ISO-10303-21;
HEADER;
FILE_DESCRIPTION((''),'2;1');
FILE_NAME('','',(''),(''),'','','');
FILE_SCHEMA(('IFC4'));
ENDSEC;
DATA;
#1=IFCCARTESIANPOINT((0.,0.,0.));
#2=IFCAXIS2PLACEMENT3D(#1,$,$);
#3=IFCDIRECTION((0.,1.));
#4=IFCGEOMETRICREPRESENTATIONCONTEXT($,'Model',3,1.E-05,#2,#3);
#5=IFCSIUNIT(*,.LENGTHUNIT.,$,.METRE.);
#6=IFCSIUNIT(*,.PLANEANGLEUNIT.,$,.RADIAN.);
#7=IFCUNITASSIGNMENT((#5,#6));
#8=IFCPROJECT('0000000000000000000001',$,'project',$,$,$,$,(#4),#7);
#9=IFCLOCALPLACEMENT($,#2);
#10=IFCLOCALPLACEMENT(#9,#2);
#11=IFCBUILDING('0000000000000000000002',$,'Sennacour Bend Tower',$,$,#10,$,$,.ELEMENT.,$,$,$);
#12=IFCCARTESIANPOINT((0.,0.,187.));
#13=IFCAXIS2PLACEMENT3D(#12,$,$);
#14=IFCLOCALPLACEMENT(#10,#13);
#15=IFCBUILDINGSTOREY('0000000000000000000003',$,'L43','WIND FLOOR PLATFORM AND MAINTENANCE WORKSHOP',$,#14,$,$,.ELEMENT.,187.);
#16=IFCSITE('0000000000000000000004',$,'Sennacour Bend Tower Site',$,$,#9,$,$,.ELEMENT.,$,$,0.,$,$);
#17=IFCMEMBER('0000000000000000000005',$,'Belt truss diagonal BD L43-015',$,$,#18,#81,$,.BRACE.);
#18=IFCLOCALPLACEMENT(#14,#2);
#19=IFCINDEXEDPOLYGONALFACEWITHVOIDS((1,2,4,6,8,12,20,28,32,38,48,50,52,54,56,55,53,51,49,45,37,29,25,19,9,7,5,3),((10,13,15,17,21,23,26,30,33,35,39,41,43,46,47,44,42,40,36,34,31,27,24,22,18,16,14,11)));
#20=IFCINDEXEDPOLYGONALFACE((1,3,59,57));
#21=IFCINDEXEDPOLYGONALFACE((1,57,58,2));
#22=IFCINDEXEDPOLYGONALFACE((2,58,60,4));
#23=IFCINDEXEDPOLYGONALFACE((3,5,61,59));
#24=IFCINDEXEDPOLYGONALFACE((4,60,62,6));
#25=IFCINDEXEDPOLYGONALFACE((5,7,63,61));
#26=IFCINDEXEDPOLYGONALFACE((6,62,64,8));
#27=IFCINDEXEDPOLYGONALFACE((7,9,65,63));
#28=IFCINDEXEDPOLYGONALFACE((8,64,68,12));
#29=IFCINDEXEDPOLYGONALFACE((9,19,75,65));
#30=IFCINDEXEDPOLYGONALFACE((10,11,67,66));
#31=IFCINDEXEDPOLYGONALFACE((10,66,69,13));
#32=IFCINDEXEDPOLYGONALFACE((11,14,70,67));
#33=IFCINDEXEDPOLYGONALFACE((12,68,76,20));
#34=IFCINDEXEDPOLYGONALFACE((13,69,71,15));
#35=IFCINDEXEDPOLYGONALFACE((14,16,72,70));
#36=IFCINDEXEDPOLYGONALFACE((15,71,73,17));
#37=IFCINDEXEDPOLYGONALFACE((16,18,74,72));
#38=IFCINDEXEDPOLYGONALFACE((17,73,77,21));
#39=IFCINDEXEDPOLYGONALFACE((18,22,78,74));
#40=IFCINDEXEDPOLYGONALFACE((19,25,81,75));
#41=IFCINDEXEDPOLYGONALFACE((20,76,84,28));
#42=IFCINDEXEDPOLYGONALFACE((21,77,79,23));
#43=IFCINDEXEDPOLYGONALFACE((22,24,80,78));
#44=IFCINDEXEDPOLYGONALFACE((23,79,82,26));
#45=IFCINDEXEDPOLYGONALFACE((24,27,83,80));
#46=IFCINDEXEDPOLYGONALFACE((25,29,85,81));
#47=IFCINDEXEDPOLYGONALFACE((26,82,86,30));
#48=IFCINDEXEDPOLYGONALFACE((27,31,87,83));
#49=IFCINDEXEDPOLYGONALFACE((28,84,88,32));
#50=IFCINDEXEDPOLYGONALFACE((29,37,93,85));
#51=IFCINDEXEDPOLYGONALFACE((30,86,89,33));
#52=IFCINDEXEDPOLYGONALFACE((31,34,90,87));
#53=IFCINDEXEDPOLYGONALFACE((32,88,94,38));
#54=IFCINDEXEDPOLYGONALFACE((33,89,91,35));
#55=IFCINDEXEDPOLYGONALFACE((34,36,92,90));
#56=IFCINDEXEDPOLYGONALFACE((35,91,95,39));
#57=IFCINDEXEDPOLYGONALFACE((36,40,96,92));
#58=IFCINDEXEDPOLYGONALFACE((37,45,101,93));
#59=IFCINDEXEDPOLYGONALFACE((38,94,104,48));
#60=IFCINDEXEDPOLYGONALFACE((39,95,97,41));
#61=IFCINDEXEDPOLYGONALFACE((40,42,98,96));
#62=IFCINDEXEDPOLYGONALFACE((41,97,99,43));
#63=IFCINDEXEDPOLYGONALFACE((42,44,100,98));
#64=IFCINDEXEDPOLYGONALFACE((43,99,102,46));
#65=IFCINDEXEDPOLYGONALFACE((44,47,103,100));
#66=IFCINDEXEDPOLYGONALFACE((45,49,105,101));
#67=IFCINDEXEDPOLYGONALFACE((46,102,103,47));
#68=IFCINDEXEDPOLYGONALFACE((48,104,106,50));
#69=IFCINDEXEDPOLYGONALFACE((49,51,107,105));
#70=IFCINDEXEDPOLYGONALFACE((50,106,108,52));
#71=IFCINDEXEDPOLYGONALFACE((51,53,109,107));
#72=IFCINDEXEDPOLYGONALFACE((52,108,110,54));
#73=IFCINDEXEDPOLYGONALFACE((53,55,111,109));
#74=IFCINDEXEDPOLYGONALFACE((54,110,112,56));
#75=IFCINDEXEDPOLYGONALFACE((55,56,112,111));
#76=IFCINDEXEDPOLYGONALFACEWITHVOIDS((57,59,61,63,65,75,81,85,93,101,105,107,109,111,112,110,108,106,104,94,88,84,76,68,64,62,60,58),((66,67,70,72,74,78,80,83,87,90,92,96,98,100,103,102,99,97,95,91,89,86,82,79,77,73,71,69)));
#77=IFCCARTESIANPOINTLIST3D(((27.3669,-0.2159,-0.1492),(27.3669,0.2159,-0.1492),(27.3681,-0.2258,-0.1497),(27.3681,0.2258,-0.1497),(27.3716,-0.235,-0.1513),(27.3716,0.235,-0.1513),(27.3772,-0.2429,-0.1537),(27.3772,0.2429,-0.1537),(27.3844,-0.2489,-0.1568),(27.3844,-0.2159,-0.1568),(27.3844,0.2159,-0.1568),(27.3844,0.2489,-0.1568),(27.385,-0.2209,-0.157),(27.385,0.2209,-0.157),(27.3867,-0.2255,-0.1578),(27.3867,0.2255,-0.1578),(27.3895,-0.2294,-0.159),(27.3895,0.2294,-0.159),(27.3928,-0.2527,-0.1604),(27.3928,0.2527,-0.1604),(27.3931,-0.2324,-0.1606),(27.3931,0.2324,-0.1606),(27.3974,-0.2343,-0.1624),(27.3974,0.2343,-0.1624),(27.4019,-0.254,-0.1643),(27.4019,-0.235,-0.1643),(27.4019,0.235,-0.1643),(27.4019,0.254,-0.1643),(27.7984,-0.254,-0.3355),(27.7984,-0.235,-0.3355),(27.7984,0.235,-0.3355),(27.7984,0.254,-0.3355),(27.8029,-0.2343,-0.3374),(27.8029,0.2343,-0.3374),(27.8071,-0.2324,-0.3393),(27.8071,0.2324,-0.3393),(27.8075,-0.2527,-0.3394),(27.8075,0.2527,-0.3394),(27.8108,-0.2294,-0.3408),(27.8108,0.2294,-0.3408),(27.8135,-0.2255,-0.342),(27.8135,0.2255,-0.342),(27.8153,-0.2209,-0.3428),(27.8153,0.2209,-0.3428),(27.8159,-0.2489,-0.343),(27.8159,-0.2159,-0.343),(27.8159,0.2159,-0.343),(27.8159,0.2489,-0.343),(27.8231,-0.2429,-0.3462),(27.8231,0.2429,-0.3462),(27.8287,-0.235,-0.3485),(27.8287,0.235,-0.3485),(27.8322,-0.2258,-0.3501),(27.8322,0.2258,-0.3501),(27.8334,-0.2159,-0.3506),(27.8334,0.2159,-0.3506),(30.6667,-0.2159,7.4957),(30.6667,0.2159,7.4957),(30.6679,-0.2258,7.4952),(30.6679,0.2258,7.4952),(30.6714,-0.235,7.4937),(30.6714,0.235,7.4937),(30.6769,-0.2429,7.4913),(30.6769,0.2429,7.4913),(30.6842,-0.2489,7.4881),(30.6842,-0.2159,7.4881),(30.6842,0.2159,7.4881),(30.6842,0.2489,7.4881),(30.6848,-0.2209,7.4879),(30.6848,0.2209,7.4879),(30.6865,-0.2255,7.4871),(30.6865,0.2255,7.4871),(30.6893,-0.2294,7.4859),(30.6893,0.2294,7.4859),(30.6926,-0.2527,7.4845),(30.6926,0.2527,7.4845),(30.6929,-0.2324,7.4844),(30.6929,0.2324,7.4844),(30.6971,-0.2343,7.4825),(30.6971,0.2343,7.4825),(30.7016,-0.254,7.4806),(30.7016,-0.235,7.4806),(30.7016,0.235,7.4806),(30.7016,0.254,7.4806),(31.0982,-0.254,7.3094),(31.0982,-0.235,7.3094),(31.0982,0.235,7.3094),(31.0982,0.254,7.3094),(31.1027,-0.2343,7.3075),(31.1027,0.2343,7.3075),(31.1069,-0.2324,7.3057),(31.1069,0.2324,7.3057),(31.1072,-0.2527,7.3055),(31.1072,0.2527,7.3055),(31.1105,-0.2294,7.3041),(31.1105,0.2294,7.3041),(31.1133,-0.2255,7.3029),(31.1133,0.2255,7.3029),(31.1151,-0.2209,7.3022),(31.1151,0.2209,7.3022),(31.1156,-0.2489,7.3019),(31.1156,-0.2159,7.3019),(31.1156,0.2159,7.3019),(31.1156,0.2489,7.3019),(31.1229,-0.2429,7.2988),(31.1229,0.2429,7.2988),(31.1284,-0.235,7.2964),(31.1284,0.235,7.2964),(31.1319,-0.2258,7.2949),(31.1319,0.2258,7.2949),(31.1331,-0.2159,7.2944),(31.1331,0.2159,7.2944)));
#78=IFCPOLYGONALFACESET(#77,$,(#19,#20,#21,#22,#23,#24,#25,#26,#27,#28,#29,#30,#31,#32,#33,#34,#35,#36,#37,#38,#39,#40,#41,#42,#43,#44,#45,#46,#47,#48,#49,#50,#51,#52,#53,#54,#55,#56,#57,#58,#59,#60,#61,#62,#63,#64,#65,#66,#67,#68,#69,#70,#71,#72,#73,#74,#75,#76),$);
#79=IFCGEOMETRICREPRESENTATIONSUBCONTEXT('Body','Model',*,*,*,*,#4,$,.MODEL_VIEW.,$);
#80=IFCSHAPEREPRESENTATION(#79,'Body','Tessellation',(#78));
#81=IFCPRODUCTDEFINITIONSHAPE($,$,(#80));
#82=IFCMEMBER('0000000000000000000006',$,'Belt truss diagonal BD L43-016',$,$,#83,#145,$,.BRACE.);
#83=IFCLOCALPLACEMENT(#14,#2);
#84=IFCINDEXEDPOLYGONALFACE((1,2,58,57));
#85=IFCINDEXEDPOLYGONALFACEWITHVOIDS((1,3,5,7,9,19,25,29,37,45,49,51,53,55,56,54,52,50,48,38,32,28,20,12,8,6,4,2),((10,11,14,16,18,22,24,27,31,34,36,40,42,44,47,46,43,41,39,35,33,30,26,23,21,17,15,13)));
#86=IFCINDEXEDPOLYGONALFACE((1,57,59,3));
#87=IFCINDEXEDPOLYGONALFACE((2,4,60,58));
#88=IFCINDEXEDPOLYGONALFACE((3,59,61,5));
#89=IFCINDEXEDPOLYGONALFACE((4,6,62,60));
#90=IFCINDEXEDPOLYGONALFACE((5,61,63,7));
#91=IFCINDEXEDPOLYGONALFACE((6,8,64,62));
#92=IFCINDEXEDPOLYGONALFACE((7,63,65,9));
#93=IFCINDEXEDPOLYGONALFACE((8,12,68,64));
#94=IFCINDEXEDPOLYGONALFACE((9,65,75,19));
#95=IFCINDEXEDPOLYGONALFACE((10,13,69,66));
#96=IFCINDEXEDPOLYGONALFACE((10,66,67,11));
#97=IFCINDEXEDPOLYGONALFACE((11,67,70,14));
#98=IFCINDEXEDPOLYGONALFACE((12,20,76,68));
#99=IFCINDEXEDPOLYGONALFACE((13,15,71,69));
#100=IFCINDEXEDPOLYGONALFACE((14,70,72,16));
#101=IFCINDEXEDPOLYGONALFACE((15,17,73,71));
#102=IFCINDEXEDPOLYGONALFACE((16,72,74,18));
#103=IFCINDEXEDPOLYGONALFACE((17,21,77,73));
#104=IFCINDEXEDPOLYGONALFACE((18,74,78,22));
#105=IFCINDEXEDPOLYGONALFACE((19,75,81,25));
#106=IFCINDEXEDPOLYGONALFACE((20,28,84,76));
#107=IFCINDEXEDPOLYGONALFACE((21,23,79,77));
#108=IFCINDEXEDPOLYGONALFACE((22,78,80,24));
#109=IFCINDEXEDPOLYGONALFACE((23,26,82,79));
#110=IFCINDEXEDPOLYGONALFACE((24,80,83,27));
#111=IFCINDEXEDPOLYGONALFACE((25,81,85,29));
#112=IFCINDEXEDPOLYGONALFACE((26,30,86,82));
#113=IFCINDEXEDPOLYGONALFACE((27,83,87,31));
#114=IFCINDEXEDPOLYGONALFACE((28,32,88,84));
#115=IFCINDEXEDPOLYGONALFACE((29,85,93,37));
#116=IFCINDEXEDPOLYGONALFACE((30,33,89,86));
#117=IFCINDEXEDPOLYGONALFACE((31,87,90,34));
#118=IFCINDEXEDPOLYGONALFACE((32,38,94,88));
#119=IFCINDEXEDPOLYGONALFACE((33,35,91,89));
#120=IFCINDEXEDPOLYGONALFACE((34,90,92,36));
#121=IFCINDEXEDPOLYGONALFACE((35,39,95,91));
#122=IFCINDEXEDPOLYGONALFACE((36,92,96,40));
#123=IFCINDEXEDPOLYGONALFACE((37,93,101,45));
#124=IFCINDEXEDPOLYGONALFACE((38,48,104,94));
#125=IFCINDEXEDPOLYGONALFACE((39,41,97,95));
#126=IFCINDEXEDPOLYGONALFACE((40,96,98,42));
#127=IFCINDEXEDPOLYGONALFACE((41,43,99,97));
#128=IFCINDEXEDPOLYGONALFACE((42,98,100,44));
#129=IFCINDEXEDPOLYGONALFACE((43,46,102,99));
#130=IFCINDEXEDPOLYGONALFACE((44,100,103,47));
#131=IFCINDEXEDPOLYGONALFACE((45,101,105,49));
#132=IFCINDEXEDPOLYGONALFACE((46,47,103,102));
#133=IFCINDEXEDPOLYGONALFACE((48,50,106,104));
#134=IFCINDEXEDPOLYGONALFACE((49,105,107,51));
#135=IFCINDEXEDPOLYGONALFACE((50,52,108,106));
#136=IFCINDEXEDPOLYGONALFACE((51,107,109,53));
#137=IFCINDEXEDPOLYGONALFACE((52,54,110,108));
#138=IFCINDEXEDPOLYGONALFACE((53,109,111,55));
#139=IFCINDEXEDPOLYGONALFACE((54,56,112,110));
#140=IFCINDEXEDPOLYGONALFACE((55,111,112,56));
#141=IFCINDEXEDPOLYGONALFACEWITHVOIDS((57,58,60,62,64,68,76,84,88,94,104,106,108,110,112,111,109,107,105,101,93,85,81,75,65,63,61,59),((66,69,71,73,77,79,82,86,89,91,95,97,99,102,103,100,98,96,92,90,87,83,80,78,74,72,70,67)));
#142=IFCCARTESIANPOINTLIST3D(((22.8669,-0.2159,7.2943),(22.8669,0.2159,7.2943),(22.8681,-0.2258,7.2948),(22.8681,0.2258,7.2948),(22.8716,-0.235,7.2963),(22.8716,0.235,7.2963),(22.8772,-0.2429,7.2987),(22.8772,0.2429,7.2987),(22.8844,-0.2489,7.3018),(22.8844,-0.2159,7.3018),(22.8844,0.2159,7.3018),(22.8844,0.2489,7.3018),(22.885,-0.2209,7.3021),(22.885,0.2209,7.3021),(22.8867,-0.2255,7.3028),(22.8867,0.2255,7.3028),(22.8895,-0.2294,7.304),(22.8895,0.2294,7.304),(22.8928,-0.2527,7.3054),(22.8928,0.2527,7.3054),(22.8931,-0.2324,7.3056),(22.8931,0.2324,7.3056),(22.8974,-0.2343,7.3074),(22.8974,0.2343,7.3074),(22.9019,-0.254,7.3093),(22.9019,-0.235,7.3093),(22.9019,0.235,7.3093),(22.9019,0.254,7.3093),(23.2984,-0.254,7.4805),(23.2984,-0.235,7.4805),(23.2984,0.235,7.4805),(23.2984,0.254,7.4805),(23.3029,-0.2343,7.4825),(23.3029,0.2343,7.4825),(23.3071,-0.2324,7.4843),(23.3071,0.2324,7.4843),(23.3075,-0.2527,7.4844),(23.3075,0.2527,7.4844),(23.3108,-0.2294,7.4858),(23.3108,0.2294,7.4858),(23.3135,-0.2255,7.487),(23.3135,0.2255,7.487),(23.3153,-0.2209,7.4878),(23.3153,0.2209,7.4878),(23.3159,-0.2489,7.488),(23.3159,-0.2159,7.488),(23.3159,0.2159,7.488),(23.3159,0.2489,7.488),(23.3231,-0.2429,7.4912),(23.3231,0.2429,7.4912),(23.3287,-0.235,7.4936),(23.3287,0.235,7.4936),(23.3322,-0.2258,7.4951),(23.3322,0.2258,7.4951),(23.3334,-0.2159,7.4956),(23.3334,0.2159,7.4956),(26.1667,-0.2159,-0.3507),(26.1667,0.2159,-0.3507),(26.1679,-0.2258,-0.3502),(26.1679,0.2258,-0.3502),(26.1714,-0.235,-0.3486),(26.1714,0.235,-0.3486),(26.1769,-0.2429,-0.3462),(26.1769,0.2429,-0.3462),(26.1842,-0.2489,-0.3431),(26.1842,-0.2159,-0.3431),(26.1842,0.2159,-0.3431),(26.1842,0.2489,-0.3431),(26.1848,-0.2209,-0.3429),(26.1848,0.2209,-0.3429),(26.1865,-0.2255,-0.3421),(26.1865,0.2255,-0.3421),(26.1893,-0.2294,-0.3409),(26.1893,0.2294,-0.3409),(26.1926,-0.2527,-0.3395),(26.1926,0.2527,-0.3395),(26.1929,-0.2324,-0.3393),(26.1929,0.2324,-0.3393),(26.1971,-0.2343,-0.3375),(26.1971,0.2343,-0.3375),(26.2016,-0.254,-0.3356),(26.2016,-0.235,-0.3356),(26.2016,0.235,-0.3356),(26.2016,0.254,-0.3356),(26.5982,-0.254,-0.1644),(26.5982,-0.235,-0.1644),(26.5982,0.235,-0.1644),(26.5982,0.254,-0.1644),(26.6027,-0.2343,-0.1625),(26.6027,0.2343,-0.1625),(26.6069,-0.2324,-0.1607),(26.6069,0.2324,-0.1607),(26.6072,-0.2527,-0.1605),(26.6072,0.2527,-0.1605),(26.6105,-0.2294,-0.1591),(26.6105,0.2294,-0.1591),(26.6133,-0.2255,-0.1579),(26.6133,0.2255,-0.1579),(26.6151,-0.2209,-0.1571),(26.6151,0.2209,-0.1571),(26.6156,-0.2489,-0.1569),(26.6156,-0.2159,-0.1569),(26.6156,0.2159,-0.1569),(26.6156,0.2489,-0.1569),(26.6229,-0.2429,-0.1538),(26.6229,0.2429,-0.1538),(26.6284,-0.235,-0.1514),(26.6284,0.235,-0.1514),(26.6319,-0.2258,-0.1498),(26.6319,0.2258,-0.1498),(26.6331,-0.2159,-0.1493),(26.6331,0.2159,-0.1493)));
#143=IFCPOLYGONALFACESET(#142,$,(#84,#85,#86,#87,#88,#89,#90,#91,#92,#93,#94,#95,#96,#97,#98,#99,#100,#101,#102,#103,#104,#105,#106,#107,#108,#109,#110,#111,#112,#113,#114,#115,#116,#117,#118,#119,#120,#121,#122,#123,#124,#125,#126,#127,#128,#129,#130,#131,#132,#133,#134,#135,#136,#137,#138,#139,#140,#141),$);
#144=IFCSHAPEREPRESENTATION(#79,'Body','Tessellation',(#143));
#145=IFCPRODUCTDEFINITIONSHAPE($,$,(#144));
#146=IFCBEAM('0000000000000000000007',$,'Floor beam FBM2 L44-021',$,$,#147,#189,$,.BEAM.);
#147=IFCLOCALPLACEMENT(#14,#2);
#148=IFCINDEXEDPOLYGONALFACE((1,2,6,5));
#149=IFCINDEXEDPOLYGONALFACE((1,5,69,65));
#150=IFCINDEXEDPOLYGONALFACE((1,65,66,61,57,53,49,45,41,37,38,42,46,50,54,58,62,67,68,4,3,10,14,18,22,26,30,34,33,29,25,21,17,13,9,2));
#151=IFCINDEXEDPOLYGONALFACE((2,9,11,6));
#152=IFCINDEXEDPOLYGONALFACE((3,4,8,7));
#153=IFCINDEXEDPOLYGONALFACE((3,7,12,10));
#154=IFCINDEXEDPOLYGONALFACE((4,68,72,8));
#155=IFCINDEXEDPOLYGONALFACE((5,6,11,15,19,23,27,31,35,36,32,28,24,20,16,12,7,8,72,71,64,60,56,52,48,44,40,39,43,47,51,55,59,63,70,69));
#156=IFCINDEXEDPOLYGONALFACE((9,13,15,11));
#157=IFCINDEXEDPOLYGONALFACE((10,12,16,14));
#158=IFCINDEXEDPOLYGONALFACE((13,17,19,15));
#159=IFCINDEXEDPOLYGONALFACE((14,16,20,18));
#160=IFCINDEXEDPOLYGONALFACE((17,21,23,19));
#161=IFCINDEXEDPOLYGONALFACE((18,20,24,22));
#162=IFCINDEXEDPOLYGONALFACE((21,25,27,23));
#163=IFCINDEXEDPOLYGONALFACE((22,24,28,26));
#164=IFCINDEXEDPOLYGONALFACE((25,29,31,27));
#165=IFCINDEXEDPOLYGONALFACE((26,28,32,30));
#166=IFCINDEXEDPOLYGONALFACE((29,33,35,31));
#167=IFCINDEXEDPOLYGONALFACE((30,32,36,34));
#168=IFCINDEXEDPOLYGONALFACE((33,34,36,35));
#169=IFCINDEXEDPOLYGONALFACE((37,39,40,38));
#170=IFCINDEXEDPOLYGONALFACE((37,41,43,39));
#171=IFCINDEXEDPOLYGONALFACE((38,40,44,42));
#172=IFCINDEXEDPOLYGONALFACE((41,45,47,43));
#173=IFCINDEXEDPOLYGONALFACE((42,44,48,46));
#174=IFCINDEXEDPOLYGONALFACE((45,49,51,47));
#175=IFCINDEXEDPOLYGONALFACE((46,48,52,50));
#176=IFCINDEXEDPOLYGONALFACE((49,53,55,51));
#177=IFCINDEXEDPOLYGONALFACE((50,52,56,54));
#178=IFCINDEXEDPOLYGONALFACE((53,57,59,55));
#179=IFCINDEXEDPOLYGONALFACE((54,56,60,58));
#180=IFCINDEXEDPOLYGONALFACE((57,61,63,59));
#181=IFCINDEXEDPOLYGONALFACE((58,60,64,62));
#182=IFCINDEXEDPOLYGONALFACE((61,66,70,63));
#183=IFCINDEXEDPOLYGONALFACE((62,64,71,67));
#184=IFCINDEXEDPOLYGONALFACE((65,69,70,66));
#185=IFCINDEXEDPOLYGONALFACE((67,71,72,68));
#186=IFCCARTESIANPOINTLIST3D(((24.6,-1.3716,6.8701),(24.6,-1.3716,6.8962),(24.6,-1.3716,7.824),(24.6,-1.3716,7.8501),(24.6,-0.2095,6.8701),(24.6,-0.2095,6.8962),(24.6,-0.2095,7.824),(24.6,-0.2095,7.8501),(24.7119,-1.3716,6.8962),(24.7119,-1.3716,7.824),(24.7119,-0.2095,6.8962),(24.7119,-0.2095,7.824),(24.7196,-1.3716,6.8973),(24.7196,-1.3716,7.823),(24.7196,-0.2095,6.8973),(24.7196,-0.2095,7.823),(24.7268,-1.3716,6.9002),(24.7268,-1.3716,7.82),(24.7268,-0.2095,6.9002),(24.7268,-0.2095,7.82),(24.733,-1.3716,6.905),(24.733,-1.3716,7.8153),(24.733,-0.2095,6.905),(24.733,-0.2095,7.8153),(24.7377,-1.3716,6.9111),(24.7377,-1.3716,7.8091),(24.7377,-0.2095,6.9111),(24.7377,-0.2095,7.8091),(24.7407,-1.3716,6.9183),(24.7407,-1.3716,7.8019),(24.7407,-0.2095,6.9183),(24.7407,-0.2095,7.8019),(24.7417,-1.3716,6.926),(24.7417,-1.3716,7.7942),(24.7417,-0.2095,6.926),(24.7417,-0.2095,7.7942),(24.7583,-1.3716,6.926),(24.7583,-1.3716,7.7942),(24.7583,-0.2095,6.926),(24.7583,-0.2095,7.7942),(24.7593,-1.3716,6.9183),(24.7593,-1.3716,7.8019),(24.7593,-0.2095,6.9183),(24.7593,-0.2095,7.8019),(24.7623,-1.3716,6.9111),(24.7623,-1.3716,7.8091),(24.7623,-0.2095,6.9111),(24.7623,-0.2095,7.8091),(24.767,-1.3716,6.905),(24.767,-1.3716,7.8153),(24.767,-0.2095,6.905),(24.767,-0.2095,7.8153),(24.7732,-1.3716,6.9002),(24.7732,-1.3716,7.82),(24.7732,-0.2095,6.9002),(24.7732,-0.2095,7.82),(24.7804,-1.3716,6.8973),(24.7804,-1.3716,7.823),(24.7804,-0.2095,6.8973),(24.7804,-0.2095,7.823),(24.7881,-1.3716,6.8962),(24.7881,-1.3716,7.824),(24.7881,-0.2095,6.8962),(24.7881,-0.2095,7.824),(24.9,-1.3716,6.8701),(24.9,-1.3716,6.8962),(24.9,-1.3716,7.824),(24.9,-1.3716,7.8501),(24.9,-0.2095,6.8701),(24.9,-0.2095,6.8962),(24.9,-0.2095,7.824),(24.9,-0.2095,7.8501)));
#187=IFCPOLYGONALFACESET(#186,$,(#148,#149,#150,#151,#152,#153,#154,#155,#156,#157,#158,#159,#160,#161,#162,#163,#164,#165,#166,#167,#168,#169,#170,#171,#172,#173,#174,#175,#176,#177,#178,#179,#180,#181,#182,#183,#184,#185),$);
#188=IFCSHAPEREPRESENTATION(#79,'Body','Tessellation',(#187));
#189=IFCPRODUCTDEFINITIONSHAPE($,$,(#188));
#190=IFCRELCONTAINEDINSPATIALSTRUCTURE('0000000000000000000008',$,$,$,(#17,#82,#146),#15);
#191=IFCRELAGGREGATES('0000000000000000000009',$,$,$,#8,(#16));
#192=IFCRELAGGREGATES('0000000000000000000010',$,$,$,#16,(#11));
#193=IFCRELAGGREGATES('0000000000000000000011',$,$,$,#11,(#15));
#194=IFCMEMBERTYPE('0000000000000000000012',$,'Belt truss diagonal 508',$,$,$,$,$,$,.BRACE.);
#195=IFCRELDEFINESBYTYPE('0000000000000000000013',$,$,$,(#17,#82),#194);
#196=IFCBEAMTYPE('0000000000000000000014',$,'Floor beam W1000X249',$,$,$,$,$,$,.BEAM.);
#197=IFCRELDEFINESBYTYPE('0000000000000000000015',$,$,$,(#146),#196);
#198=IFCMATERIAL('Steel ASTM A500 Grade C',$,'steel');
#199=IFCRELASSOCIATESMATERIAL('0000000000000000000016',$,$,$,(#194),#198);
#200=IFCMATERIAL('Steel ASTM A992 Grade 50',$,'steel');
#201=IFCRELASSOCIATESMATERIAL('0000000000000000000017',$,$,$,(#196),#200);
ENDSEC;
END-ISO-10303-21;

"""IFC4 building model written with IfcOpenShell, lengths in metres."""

from ifc_helpers import new_model, si_unit, direction, frame, origin, origin_2d, place, context, subcontext, project, spatial, hollow_rectangle, i_section, extrude, material, material_profile, profile_set, type_object, element, save


model = new_model("IFC4")

# Units and contexts
model_context = context("Model", 3, precision=1e-05, world=origin(), true_north=direction((0.0, 1.0)))
body_context = subcontext(model_context, "Body", "Model", "MODEL_VIEW")
ifc_project = project(units=[si_unit("LENGTHUNIT", "METRE"), si_unit("PLANEANGLEUNIT", "RADIAN")], contexts=[model_context])

# Site, building, storey
site_placement = place(None, origin())
site = spatial("IfcSite", under=ifc_project, at=site_placement, Name="Sennacour Bend Tower Site", CompositionType="ELEMENT", RefElevation=0.0)
building_placement = place(site_placement, origin())
building = spatial("IfcBuilding", under=site, at=building_placement, Name="Sennacour Bend Tower", CompositionType="ELEMENT")
storey_placement = place(building_placement, frame((0.0, 0.0, 187.0)))
storey = spatial("IfcBuildingStorey", under=building, at=storey_placement, Name="L43", Description="WIND FLOOR PLATFORM AND MAINTENANCE WORKSHOP", CompositionType="ELEMENT", Elevation=187.0)

# Members
ifc_material_1 = material(Name="Steel ASTM A992 Grade 50", Category="steel")
ifc_material_2 = material(Name="Steel ASTM A500 Grade C", Category="steel")
ifc_material_profile_1 = material_profile(ifc_material_2, hollow_rectangle(XDim=0.5081, YDim=0.5081, WallThickness=0.019, InnerFilletRadius=0.019, OuterFilletRadius=0.0381, at=origin_2d()), Name="Steel ASTM A500 Grade C", Category="steel")
ifc_profile_set_1 = profile_set([ifc_material_profile_1], Name="Steel ASTM A500 Grade C")
member_type_1 = type_object("IfcMemberType", Name="Belt truss diagonal 508", PredefinedType="BRACE", material=ifc_profile_set_1)
for number, where, z_axis, x_axis, name in (
    (1, (30.8999, 0.0, 7.395), (-0.396289, 0.0, -0.918126), (0.0, -1.0, 0.0), "Belt truss diagonal BD L43-015"),
    (2, (26.3999, 0.0, -0.25), (-0.396289, 0.0, 0.918126), (0.0, -1.0, 0.0), "Belt truss diagonal BD L43-016"),
):
    element("IfcMember", number, at=place(storey_placement, frame(where, z_axis=z_axis, x_axis=x_axis)), inside=storey, type_object=member_type_1, Name=name, PredefinedType="BRACE", context=body_context, shape_type="SweptSolid", body=[
        extrude(hollow_rectangle(XDim=0.5081, YDim=0.5081, WallThickness=0.019, InnerFilletRadius=0.019, OuterFilletRadius=0.0381, at=origin_2d()), origin(), (0.0, 0.0, 1.0), 8.3267),
    ])

# Beam
ifc_material_profile_2 = material_profile(ifc_material_1, i_section(OverallWidth=0.3, OverallDepth=0.98, WebThickness=0.0166, FlangeThickness=0.0261, FilletRadius=0.0298, at=origin_2d()), Name="Steel ASTM A992 Grade 50", Category="steel")
ifc_profile_set_2 = profile_set([ifc_material_profile_2], Name="Steel ASTM A992 Grade 50")
beam_type_1 = type_object("IfcBeamType", Name="Floor beam W1000X249", PredefinedType="BEAM", material=ifc_profile_set_2)
for number, where, z_axis, x_axis, name in (
    (3, (24.75, -1.3716, 7.3601), (0.0, 1.0, 0.0), (-1.0, 0.0, 0.0), "Floor beam FBM2 L44-021"),
):
    element("IfcBeam", number, at=place(storey_placement, frame(where, z_axis=z_axis, x_axis=x_axis)), inside=storey, type_object=beam_type_1, Name=name, PredefinedType="BEAM", context=body_context, shape_type="SweptSolid", body=[
        extrude(i_section(OverallWidth=0.3, OverallDepth=0.98, WebThickness=0.0166, FlangeThickness=0.0261, FilletRadius=0.0298, at=origin_2d()), origin(), (0.0, 0.0, 1.0), 1.1621),
    ])

save(model, "model.ifc")
